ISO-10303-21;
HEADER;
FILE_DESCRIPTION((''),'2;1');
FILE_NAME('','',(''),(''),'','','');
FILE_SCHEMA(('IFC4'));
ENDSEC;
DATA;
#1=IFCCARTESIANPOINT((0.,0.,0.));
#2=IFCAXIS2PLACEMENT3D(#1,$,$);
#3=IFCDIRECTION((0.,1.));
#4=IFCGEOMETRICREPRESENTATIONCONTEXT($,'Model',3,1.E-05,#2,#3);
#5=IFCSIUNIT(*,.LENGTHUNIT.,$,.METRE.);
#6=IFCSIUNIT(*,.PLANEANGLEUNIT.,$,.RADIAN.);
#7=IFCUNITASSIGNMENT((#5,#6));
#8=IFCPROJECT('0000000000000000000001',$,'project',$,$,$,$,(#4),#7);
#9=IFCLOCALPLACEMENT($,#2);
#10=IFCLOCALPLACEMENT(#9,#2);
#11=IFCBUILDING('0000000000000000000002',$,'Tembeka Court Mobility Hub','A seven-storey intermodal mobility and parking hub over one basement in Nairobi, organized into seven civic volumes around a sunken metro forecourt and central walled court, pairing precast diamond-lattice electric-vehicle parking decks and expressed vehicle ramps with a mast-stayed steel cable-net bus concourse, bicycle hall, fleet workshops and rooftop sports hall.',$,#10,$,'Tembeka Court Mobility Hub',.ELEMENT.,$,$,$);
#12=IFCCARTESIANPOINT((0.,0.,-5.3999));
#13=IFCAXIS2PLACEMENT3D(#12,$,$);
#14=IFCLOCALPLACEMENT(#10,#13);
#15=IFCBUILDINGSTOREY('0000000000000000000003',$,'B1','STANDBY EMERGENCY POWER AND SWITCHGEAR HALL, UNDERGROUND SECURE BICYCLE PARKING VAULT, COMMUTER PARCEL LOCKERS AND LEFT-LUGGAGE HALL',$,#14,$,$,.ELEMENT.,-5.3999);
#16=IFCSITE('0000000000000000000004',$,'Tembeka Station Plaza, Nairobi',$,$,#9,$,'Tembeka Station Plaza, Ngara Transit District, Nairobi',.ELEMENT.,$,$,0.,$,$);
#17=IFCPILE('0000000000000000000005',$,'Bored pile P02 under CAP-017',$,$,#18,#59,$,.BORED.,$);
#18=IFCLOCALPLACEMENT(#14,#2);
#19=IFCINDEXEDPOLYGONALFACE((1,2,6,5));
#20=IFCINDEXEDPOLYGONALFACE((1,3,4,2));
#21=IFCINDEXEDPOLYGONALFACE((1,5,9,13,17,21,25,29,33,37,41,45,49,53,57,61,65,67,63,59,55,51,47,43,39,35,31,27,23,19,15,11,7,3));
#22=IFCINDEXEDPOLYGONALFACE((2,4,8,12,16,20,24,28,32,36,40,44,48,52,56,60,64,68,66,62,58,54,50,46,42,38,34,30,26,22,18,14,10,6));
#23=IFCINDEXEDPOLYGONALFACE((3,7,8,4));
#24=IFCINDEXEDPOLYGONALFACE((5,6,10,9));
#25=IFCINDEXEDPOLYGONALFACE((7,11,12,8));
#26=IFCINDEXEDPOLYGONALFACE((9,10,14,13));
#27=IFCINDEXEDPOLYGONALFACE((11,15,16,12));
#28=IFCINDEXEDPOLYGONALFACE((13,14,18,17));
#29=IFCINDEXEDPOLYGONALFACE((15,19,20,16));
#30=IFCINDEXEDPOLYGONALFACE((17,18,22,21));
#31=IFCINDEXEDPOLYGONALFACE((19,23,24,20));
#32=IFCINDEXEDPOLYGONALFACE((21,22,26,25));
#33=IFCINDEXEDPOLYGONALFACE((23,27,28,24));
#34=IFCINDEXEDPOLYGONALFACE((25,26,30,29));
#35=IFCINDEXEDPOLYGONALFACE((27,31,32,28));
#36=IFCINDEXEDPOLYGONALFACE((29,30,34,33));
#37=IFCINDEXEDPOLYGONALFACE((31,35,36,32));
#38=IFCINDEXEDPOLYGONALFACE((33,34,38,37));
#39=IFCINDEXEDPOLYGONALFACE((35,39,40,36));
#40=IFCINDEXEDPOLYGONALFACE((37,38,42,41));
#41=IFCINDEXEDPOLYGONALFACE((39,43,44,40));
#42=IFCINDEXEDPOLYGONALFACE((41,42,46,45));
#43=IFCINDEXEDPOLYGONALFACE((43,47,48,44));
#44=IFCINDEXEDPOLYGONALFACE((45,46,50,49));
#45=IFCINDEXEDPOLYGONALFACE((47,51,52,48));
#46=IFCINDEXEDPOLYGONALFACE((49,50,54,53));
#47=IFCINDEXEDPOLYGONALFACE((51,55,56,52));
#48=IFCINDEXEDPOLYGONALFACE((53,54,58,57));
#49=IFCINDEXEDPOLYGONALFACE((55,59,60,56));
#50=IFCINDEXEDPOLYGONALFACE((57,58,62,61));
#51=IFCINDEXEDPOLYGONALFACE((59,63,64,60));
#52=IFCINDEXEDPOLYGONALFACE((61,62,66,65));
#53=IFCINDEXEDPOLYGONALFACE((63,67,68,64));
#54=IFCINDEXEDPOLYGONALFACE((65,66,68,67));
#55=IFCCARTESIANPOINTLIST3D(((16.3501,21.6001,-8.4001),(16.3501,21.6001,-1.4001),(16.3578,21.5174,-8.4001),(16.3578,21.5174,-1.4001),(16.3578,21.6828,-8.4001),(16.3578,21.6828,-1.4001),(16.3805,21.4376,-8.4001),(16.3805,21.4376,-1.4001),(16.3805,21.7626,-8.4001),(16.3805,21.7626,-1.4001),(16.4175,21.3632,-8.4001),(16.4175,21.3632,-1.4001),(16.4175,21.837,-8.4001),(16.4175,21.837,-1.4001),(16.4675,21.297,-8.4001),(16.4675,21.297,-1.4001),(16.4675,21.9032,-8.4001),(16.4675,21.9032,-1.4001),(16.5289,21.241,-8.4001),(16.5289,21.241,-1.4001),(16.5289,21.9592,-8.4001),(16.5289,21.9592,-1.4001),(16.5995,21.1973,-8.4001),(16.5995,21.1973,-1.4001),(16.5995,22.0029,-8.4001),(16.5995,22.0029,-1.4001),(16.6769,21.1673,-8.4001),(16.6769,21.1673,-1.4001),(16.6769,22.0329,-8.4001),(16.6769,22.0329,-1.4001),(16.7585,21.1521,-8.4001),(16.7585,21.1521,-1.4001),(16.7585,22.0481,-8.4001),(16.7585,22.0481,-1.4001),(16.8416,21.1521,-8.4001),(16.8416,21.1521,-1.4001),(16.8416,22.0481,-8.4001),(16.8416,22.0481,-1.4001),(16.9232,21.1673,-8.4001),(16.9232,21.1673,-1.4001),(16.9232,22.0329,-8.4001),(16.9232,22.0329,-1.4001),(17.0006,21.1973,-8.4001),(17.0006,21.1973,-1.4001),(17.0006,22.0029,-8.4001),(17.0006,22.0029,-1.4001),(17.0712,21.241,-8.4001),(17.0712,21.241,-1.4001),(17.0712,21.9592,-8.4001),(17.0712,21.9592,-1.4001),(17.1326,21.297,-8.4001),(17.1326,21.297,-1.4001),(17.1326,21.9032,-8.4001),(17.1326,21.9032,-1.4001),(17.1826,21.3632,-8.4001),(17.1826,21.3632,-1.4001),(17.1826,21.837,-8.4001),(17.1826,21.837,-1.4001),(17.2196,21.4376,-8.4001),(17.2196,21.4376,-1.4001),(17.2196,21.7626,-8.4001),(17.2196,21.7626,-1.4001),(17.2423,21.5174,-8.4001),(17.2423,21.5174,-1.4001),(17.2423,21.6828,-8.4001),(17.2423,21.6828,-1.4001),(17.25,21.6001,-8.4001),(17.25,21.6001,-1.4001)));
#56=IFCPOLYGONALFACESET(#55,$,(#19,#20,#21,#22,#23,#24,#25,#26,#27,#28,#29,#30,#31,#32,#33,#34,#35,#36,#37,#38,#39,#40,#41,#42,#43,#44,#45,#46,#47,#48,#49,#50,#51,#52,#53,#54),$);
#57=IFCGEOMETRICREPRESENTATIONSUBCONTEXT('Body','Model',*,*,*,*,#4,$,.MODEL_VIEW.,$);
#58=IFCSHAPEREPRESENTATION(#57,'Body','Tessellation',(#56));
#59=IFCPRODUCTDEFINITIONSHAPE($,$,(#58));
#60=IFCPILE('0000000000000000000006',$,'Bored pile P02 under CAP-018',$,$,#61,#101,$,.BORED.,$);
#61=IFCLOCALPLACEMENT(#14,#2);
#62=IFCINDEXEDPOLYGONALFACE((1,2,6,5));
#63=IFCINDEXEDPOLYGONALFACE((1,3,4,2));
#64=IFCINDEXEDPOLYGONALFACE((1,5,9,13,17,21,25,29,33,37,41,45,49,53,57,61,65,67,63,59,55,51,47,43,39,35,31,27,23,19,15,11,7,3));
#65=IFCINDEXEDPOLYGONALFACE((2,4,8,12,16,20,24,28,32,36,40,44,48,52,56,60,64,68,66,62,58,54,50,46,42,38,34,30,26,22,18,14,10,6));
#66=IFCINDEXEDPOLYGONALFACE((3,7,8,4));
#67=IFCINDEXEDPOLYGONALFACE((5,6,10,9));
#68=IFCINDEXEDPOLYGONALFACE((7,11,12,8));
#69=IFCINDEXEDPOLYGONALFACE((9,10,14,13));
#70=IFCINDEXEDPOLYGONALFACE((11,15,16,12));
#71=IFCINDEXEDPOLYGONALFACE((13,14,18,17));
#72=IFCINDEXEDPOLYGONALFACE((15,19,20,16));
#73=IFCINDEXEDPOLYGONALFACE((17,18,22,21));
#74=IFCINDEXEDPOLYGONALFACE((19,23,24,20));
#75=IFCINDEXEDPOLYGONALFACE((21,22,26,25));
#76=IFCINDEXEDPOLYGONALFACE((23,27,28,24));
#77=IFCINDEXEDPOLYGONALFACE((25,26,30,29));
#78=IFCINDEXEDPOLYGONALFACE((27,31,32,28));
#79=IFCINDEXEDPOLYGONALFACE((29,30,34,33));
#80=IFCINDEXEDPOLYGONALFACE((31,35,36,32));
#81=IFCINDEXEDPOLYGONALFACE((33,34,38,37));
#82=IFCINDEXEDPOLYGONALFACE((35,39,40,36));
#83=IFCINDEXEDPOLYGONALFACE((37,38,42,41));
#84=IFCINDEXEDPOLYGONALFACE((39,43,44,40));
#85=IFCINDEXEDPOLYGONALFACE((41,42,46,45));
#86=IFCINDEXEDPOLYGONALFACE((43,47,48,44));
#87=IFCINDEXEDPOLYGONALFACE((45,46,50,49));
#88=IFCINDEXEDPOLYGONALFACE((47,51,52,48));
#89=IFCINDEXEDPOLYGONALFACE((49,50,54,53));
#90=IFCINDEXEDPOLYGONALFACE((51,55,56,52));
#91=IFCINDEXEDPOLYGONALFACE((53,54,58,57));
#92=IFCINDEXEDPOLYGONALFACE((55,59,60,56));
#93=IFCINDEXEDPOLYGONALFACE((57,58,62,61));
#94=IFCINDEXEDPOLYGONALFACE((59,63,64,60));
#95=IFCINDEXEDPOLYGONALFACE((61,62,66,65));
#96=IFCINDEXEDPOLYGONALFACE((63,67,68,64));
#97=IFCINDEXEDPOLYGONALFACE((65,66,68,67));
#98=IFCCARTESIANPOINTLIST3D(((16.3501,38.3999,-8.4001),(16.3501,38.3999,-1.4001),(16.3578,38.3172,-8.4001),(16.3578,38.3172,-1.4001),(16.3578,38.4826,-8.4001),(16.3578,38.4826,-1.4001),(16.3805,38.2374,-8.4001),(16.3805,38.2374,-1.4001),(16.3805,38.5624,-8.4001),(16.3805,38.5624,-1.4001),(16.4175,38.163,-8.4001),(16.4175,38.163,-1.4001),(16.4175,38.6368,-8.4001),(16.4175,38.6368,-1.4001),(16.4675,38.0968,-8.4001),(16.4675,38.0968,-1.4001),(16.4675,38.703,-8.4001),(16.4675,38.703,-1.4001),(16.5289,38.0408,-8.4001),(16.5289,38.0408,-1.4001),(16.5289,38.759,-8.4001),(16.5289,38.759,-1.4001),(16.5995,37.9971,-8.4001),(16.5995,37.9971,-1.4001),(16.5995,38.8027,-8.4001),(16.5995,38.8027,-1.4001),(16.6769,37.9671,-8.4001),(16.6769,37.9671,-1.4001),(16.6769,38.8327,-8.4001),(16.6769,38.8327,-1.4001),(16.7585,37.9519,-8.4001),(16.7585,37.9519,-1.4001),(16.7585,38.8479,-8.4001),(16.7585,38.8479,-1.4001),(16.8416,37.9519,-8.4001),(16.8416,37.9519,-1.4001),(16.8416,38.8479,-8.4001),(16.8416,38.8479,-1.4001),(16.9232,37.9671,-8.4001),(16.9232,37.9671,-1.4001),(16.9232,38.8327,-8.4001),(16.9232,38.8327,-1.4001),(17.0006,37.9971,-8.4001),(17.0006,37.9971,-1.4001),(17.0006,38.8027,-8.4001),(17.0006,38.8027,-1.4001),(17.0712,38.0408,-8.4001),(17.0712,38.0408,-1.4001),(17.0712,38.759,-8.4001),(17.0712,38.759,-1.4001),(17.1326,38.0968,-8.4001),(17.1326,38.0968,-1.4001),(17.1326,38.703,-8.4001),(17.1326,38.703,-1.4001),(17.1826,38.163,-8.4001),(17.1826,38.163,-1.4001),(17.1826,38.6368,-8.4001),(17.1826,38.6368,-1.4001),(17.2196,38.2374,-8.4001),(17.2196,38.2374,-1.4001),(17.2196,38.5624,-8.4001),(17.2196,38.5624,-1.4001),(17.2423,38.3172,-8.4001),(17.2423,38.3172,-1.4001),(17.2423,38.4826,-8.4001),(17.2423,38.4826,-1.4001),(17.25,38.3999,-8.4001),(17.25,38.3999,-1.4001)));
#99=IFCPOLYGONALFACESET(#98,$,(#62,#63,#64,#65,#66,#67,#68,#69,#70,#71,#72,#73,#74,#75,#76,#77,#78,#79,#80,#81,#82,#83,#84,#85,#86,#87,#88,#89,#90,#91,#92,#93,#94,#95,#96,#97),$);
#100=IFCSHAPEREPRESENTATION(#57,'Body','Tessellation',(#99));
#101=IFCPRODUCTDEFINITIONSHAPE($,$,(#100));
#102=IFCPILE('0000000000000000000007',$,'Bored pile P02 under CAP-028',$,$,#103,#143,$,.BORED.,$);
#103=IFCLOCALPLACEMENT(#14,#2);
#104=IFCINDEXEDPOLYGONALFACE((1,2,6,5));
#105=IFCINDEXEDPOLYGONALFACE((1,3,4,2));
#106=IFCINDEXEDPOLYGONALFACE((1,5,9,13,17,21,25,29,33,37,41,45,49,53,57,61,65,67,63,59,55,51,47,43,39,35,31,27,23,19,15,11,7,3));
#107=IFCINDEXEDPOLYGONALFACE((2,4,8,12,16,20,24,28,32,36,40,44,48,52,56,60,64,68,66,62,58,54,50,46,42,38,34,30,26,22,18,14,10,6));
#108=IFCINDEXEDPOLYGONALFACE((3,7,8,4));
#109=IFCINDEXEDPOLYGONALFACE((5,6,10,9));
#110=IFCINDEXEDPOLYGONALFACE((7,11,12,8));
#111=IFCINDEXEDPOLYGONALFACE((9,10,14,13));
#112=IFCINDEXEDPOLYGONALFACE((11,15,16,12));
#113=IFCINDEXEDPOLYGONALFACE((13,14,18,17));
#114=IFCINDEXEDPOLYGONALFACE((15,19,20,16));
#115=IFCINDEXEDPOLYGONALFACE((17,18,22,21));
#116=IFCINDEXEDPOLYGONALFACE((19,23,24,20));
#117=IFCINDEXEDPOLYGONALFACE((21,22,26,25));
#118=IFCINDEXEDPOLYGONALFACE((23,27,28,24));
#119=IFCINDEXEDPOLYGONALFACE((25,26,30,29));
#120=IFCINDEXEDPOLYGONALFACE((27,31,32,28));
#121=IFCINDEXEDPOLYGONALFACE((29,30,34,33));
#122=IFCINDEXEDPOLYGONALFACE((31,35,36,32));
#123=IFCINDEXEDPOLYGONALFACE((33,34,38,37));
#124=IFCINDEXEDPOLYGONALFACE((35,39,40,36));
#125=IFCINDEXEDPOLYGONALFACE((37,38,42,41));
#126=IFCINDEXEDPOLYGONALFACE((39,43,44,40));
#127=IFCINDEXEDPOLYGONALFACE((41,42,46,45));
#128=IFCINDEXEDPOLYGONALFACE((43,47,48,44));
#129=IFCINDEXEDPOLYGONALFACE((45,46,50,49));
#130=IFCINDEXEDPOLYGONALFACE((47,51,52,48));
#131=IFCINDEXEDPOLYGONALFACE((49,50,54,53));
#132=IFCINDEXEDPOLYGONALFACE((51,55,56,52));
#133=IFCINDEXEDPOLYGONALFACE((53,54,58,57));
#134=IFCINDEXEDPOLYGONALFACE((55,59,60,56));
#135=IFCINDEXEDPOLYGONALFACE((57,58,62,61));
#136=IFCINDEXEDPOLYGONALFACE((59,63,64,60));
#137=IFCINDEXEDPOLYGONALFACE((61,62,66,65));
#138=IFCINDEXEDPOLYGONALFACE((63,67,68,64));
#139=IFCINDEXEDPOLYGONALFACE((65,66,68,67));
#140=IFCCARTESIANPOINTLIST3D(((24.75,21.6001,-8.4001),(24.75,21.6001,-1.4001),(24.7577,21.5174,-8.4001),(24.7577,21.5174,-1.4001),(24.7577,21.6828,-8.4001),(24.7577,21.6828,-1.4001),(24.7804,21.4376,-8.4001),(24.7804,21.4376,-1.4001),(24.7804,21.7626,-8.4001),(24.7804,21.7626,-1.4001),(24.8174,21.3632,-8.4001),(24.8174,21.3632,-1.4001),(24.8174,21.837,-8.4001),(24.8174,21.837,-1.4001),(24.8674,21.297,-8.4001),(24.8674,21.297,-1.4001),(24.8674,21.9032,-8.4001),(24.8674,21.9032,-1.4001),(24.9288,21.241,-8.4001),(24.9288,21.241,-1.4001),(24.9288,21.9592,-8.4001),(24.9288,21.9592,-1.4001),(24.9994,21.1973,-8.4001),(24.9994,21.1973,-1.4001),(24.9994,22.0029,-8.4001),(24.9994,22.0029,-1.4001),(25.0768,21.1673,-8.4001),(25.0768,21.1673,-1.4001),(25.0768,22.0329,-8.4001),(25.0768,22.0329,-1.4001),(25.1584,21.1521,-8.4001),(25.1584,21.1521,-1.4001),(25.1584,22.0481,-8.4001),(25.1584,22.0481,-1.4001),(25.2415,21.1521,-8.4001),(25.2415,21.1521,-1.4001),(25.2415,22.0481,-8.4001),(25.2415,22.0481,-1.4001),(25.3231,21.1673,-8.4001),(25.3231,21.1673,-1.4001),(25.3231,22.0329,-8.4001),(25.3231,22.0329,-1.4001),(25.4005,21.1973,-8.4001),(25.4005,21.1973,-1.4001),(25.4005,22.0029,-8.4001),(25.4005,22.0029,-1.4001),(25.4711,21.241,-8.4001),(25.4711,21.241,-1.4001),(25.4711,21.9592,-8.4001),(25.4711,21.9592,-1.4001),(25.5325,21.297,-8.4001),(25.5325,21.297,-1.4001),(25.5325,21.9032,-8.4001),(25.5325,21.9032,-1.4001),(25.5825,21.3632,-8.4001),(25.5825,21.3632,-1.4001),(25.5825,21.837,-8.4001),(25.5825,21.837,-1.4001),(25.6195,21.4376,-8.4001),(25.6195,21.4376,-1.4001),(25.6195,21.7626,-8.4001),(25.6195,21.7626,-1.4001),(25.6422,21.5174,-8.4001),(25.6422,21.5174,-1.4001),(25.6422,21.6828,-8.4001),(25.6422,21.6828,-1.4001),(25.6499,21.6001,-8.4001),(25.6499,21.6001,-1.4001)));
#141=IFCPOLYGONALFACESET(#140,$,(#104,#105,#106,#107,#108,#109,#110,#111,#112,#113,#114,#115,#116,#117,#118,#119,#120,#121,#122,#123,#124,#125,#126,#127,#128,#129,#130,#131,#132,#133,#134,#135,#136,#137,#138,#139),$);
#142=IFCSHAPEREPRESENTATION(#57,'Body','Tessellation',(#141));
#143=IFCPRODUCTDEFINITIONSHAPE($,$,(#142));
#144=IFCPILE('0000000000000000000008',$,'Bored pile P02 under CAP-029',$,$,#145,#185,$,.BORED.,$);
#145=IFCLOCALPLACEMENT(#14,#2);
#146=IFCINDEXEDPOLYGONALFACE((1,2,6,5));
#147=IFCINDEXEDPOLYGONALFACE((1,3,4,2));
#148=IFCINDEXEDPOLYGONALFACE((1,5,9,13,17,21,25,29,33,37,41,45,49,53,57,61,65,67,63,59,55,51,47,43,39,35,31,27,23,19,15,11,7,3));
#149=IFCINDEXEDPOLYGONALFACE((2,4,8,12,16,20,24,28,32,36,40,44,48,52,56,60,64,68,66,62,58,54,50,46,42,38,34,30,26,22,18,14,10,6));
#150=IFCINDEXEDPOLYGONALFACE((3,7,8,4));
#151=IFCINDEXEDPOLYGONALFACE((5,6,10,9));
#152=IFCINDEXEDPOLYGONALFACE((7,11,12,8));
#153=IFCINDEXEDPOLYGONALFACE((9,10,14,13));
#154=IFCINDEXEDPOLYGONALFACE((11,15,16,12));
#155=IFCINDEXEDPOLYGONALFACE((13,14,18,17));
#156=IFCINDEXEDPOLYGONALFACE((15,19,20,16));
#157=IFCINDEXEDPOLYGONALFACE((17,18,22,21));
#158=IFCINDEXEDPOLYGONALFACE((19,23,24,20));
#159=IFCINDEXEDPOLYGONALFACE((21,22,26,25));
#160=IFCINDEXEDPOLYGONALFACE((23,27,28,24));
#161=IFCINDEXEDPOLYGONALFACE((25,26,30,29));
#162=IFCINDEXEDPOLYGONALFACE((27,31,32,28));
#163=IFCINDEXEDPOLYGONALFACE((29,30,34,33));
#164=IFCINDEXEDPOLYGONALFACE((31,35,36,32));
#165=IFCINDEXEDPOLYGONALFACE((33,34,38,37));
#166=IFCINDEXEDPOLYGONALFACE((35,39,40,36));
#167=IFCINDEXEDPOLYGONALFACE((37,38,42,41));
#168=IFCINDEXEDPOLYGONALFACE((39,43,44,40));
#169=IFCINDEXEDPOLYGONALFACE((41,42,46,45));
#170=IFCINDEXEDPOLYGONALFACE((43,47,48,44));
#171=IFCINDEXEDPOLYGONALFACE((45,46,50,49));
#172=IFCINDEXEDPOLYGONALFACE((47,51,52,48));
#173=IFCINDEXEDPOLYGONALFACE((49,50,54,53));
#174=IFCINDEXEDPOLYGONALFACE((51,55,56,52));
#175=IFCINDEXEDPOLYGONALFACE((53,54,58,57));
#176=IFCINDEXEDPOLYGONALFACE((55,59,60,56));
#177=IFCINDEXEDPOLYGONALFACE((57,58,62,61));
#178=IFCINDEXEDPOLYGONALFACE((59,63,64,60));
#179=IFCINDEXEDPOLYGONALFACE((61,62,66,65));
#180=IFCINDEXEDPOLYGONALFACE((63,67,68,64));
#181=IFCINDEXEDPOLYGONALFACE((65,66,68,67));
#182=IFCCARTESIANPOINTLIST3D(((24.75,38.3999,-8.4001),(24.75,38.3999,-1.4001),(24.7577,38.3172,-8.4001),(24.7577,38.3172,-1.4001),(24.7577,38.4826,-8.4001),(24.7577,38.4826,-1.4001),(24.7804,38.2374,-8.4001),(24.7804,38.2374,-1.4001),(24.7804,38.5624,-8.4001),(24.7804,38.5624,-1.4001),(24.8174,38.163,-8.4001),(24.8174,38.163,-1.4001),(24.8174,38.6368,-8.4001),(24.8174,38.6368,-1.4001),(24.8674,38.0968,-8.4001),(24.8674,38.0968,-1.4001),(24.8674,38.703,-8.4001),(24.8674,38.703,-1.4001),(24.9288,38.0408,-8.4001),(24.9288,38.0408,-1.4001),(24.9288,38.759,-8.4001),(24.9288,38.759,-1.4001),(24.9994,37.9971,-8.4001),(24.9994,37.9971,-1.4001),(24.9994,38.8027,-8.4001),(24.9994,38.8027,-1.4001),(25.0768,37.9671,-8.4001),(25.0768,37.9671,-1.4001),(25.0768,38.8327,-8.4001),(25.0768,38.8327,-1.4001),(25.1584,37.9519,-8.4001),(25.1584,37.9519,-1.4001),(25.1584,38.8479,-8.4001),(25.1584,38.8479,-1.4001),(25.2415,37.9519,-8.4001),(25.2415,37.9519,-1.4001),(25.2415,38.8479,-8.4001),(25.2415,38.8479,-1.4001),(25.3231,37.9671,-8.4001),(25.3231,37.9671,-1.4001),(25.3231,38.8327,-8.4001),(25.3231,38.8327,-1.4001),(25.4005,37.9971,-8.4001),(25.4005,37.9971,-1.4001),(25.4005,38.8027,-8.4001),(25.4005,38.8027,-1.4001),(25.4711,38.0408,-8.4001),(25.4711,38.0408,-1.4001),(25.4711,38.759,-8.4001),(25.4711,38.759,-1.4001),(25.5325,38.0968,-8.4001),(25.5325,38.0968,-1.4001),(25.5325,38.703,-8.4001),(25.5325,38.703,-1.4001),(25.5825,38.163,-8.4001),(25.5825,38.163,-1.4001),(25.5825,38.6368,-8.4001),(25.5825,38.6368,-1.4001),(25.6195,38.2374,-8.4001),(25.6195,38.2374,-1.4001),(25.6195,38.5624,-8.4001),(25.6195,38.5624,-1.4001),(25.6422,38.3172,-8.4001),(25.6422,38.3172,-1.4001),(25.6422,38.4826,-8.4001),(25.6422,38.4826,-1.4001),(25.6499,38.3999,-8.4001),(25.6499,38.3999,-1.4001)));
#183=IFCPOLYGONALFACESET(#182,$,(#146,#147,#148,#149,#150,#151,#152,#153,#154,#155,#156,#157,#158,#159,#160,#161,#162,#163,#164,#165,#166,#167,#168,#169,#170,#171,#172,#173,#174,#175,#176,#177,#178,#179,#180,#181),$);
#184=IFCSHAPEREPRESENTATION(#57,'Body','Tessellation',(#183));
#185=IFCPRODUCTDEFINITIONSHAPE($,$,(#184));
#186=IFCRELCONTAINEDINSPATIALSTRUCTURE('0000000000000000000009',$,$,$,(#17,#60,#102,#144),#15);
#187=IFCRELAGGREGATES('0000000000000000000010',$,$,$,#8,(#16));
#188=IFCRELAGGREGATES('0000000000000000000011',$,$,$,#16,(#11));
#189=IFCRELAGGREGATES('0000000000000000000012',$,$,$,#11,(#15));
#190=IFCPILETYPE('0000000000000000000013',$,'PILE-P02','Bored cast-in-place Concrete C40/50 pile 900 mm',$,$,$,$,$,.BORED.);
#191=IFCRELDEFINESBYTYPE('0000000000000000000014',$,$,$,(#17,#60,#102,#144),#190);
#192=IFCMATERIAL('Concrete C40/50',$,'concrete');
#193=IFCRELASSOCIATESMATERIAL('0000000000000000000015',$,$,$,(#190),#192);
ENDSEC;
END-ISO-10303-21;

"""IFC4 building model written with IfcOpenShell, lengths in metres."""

from ifc_helpers import new_model, si_unit, direction, frame, origin, origin_2d, place, context, subcontext, project, spatial, circle, extrude, material, material_profile, profile_set, type_object, element, save


model = new_model("IFC4")

# Units and contexts
model_context = context("Model", 3, precision=1e-05, world=origin(), true_north=direction((0.0, 1.0)))
body_context = subcontext(model_context, "Body", "Model", "MODEL_VIEW")
ifc_project = project(units=[si_unit("LENGTHUNIT", "METRE"), si_unit("PLANEANGLEUNIT", "RADIAN")], contexts=[model_context])

# Site, building, storey
site_placement = place(None, origin())
site = spatial("IfcSite", under=ifc_project, at=site_placement, Name="Tembeka Station Plaza, Nairobi", LongName="Tembeka Station Plaza, Ngara Transit District, Nairobi", CompositionType="ELEMENT", RefElevation=0.0)
building_placement = place(site_placement, origin())
building = spatial("IfcBuilding", under=site, at=building_placement, Name="Tembeka Court Mobility Hub", Description="A seven-storey intermodal mobility and parking hub over one basement in Nairobi, organized into seven civic volumes around a sunken metro forecourt and central walled court, pairing precast diamond-lattice electric-vehicle parking decks and expressed vehicle ramps with a mast-stayed steel cable-net bus concourse, bicycle hall, fleet workshops and rooftop sports hall.", LongName="Tembeka Court Mobility Hub", CompositionType="ELEMENT")
storey_placement = place(building_placement, frame((0.0, 0.0, -5.3999)))
storey = spatial("IfcBuildingStorey", under=building, at=storey_placement, Name="B1", Description="STANDBY EMERGENCY POWER AND SWITCHGEAR HALL, UNDERGROUND SECURE BICYCLE PARKING VAULT, COMMUTER PARCEL LOCKERS AND LEFT-LUGGAGE HALL", CompositionType="ELEMENT", Elevation=-5.3999)

# Shared definitions
ifc_material_1 = material(Name="Concrete C40/50", Category="concrete")

# Piles
ifc_material_profile_1 = material_profile(ifc_material_1, circle(Radius=0.45, at=origin_2d()), Name="PILE D900")
ifc_profile_set_1 = profile_set([ifc_material_profile_1], Name="Concrete C40/50")
pile_type = type_object("IfcPileType", Name="PILE-P02", Description="Bored cast-in-place Concrete C40/50 pile 900 mm", PredefinedType="BORED", material=ifc_profile_set_1)
for number, where, z_axis, x_axis, name in (
    (1, (16.8, 21.6001, -1.4001), (0.0, 0.0, -1.0), (1.0, 0.0, 0.0), "Bored pile P02 under CAP-017"),
    (2, (16.8, 38.3999, -1.4001), (0.0, 0.0, -1.0), (1.0, 0.0, 0.0), "Bored pile P02 under CAP-018"),
    (3, (25.2, 21.6001, -1.4001), (0.0, 0.0, -1.0), (1.0, 0.0, 0.0), "Bored pile P02 under CAP-028"),
    (4, (25.2, 38.3999, -1.4001), (0.0, 0.0, -1.0), (1.0, 0.0, 0.0), "Bored pile P02 under CAP-029"),
):
    element("IfcPile", number, at=place(storey_placement, frame(where, z_axis=z_axis, x_axis=x_axis)), inside=storey, type_object=pile_type, Name=name, PredefinedType="BORED", context=body_context, shape_type="SweptSolid", body=[
        extrude(circle(Radius=0.45, at=origin_2d()), origin(), (0.0, 0.0, 1.0), 7.0),
    ])

save(model, "model.ifc")
